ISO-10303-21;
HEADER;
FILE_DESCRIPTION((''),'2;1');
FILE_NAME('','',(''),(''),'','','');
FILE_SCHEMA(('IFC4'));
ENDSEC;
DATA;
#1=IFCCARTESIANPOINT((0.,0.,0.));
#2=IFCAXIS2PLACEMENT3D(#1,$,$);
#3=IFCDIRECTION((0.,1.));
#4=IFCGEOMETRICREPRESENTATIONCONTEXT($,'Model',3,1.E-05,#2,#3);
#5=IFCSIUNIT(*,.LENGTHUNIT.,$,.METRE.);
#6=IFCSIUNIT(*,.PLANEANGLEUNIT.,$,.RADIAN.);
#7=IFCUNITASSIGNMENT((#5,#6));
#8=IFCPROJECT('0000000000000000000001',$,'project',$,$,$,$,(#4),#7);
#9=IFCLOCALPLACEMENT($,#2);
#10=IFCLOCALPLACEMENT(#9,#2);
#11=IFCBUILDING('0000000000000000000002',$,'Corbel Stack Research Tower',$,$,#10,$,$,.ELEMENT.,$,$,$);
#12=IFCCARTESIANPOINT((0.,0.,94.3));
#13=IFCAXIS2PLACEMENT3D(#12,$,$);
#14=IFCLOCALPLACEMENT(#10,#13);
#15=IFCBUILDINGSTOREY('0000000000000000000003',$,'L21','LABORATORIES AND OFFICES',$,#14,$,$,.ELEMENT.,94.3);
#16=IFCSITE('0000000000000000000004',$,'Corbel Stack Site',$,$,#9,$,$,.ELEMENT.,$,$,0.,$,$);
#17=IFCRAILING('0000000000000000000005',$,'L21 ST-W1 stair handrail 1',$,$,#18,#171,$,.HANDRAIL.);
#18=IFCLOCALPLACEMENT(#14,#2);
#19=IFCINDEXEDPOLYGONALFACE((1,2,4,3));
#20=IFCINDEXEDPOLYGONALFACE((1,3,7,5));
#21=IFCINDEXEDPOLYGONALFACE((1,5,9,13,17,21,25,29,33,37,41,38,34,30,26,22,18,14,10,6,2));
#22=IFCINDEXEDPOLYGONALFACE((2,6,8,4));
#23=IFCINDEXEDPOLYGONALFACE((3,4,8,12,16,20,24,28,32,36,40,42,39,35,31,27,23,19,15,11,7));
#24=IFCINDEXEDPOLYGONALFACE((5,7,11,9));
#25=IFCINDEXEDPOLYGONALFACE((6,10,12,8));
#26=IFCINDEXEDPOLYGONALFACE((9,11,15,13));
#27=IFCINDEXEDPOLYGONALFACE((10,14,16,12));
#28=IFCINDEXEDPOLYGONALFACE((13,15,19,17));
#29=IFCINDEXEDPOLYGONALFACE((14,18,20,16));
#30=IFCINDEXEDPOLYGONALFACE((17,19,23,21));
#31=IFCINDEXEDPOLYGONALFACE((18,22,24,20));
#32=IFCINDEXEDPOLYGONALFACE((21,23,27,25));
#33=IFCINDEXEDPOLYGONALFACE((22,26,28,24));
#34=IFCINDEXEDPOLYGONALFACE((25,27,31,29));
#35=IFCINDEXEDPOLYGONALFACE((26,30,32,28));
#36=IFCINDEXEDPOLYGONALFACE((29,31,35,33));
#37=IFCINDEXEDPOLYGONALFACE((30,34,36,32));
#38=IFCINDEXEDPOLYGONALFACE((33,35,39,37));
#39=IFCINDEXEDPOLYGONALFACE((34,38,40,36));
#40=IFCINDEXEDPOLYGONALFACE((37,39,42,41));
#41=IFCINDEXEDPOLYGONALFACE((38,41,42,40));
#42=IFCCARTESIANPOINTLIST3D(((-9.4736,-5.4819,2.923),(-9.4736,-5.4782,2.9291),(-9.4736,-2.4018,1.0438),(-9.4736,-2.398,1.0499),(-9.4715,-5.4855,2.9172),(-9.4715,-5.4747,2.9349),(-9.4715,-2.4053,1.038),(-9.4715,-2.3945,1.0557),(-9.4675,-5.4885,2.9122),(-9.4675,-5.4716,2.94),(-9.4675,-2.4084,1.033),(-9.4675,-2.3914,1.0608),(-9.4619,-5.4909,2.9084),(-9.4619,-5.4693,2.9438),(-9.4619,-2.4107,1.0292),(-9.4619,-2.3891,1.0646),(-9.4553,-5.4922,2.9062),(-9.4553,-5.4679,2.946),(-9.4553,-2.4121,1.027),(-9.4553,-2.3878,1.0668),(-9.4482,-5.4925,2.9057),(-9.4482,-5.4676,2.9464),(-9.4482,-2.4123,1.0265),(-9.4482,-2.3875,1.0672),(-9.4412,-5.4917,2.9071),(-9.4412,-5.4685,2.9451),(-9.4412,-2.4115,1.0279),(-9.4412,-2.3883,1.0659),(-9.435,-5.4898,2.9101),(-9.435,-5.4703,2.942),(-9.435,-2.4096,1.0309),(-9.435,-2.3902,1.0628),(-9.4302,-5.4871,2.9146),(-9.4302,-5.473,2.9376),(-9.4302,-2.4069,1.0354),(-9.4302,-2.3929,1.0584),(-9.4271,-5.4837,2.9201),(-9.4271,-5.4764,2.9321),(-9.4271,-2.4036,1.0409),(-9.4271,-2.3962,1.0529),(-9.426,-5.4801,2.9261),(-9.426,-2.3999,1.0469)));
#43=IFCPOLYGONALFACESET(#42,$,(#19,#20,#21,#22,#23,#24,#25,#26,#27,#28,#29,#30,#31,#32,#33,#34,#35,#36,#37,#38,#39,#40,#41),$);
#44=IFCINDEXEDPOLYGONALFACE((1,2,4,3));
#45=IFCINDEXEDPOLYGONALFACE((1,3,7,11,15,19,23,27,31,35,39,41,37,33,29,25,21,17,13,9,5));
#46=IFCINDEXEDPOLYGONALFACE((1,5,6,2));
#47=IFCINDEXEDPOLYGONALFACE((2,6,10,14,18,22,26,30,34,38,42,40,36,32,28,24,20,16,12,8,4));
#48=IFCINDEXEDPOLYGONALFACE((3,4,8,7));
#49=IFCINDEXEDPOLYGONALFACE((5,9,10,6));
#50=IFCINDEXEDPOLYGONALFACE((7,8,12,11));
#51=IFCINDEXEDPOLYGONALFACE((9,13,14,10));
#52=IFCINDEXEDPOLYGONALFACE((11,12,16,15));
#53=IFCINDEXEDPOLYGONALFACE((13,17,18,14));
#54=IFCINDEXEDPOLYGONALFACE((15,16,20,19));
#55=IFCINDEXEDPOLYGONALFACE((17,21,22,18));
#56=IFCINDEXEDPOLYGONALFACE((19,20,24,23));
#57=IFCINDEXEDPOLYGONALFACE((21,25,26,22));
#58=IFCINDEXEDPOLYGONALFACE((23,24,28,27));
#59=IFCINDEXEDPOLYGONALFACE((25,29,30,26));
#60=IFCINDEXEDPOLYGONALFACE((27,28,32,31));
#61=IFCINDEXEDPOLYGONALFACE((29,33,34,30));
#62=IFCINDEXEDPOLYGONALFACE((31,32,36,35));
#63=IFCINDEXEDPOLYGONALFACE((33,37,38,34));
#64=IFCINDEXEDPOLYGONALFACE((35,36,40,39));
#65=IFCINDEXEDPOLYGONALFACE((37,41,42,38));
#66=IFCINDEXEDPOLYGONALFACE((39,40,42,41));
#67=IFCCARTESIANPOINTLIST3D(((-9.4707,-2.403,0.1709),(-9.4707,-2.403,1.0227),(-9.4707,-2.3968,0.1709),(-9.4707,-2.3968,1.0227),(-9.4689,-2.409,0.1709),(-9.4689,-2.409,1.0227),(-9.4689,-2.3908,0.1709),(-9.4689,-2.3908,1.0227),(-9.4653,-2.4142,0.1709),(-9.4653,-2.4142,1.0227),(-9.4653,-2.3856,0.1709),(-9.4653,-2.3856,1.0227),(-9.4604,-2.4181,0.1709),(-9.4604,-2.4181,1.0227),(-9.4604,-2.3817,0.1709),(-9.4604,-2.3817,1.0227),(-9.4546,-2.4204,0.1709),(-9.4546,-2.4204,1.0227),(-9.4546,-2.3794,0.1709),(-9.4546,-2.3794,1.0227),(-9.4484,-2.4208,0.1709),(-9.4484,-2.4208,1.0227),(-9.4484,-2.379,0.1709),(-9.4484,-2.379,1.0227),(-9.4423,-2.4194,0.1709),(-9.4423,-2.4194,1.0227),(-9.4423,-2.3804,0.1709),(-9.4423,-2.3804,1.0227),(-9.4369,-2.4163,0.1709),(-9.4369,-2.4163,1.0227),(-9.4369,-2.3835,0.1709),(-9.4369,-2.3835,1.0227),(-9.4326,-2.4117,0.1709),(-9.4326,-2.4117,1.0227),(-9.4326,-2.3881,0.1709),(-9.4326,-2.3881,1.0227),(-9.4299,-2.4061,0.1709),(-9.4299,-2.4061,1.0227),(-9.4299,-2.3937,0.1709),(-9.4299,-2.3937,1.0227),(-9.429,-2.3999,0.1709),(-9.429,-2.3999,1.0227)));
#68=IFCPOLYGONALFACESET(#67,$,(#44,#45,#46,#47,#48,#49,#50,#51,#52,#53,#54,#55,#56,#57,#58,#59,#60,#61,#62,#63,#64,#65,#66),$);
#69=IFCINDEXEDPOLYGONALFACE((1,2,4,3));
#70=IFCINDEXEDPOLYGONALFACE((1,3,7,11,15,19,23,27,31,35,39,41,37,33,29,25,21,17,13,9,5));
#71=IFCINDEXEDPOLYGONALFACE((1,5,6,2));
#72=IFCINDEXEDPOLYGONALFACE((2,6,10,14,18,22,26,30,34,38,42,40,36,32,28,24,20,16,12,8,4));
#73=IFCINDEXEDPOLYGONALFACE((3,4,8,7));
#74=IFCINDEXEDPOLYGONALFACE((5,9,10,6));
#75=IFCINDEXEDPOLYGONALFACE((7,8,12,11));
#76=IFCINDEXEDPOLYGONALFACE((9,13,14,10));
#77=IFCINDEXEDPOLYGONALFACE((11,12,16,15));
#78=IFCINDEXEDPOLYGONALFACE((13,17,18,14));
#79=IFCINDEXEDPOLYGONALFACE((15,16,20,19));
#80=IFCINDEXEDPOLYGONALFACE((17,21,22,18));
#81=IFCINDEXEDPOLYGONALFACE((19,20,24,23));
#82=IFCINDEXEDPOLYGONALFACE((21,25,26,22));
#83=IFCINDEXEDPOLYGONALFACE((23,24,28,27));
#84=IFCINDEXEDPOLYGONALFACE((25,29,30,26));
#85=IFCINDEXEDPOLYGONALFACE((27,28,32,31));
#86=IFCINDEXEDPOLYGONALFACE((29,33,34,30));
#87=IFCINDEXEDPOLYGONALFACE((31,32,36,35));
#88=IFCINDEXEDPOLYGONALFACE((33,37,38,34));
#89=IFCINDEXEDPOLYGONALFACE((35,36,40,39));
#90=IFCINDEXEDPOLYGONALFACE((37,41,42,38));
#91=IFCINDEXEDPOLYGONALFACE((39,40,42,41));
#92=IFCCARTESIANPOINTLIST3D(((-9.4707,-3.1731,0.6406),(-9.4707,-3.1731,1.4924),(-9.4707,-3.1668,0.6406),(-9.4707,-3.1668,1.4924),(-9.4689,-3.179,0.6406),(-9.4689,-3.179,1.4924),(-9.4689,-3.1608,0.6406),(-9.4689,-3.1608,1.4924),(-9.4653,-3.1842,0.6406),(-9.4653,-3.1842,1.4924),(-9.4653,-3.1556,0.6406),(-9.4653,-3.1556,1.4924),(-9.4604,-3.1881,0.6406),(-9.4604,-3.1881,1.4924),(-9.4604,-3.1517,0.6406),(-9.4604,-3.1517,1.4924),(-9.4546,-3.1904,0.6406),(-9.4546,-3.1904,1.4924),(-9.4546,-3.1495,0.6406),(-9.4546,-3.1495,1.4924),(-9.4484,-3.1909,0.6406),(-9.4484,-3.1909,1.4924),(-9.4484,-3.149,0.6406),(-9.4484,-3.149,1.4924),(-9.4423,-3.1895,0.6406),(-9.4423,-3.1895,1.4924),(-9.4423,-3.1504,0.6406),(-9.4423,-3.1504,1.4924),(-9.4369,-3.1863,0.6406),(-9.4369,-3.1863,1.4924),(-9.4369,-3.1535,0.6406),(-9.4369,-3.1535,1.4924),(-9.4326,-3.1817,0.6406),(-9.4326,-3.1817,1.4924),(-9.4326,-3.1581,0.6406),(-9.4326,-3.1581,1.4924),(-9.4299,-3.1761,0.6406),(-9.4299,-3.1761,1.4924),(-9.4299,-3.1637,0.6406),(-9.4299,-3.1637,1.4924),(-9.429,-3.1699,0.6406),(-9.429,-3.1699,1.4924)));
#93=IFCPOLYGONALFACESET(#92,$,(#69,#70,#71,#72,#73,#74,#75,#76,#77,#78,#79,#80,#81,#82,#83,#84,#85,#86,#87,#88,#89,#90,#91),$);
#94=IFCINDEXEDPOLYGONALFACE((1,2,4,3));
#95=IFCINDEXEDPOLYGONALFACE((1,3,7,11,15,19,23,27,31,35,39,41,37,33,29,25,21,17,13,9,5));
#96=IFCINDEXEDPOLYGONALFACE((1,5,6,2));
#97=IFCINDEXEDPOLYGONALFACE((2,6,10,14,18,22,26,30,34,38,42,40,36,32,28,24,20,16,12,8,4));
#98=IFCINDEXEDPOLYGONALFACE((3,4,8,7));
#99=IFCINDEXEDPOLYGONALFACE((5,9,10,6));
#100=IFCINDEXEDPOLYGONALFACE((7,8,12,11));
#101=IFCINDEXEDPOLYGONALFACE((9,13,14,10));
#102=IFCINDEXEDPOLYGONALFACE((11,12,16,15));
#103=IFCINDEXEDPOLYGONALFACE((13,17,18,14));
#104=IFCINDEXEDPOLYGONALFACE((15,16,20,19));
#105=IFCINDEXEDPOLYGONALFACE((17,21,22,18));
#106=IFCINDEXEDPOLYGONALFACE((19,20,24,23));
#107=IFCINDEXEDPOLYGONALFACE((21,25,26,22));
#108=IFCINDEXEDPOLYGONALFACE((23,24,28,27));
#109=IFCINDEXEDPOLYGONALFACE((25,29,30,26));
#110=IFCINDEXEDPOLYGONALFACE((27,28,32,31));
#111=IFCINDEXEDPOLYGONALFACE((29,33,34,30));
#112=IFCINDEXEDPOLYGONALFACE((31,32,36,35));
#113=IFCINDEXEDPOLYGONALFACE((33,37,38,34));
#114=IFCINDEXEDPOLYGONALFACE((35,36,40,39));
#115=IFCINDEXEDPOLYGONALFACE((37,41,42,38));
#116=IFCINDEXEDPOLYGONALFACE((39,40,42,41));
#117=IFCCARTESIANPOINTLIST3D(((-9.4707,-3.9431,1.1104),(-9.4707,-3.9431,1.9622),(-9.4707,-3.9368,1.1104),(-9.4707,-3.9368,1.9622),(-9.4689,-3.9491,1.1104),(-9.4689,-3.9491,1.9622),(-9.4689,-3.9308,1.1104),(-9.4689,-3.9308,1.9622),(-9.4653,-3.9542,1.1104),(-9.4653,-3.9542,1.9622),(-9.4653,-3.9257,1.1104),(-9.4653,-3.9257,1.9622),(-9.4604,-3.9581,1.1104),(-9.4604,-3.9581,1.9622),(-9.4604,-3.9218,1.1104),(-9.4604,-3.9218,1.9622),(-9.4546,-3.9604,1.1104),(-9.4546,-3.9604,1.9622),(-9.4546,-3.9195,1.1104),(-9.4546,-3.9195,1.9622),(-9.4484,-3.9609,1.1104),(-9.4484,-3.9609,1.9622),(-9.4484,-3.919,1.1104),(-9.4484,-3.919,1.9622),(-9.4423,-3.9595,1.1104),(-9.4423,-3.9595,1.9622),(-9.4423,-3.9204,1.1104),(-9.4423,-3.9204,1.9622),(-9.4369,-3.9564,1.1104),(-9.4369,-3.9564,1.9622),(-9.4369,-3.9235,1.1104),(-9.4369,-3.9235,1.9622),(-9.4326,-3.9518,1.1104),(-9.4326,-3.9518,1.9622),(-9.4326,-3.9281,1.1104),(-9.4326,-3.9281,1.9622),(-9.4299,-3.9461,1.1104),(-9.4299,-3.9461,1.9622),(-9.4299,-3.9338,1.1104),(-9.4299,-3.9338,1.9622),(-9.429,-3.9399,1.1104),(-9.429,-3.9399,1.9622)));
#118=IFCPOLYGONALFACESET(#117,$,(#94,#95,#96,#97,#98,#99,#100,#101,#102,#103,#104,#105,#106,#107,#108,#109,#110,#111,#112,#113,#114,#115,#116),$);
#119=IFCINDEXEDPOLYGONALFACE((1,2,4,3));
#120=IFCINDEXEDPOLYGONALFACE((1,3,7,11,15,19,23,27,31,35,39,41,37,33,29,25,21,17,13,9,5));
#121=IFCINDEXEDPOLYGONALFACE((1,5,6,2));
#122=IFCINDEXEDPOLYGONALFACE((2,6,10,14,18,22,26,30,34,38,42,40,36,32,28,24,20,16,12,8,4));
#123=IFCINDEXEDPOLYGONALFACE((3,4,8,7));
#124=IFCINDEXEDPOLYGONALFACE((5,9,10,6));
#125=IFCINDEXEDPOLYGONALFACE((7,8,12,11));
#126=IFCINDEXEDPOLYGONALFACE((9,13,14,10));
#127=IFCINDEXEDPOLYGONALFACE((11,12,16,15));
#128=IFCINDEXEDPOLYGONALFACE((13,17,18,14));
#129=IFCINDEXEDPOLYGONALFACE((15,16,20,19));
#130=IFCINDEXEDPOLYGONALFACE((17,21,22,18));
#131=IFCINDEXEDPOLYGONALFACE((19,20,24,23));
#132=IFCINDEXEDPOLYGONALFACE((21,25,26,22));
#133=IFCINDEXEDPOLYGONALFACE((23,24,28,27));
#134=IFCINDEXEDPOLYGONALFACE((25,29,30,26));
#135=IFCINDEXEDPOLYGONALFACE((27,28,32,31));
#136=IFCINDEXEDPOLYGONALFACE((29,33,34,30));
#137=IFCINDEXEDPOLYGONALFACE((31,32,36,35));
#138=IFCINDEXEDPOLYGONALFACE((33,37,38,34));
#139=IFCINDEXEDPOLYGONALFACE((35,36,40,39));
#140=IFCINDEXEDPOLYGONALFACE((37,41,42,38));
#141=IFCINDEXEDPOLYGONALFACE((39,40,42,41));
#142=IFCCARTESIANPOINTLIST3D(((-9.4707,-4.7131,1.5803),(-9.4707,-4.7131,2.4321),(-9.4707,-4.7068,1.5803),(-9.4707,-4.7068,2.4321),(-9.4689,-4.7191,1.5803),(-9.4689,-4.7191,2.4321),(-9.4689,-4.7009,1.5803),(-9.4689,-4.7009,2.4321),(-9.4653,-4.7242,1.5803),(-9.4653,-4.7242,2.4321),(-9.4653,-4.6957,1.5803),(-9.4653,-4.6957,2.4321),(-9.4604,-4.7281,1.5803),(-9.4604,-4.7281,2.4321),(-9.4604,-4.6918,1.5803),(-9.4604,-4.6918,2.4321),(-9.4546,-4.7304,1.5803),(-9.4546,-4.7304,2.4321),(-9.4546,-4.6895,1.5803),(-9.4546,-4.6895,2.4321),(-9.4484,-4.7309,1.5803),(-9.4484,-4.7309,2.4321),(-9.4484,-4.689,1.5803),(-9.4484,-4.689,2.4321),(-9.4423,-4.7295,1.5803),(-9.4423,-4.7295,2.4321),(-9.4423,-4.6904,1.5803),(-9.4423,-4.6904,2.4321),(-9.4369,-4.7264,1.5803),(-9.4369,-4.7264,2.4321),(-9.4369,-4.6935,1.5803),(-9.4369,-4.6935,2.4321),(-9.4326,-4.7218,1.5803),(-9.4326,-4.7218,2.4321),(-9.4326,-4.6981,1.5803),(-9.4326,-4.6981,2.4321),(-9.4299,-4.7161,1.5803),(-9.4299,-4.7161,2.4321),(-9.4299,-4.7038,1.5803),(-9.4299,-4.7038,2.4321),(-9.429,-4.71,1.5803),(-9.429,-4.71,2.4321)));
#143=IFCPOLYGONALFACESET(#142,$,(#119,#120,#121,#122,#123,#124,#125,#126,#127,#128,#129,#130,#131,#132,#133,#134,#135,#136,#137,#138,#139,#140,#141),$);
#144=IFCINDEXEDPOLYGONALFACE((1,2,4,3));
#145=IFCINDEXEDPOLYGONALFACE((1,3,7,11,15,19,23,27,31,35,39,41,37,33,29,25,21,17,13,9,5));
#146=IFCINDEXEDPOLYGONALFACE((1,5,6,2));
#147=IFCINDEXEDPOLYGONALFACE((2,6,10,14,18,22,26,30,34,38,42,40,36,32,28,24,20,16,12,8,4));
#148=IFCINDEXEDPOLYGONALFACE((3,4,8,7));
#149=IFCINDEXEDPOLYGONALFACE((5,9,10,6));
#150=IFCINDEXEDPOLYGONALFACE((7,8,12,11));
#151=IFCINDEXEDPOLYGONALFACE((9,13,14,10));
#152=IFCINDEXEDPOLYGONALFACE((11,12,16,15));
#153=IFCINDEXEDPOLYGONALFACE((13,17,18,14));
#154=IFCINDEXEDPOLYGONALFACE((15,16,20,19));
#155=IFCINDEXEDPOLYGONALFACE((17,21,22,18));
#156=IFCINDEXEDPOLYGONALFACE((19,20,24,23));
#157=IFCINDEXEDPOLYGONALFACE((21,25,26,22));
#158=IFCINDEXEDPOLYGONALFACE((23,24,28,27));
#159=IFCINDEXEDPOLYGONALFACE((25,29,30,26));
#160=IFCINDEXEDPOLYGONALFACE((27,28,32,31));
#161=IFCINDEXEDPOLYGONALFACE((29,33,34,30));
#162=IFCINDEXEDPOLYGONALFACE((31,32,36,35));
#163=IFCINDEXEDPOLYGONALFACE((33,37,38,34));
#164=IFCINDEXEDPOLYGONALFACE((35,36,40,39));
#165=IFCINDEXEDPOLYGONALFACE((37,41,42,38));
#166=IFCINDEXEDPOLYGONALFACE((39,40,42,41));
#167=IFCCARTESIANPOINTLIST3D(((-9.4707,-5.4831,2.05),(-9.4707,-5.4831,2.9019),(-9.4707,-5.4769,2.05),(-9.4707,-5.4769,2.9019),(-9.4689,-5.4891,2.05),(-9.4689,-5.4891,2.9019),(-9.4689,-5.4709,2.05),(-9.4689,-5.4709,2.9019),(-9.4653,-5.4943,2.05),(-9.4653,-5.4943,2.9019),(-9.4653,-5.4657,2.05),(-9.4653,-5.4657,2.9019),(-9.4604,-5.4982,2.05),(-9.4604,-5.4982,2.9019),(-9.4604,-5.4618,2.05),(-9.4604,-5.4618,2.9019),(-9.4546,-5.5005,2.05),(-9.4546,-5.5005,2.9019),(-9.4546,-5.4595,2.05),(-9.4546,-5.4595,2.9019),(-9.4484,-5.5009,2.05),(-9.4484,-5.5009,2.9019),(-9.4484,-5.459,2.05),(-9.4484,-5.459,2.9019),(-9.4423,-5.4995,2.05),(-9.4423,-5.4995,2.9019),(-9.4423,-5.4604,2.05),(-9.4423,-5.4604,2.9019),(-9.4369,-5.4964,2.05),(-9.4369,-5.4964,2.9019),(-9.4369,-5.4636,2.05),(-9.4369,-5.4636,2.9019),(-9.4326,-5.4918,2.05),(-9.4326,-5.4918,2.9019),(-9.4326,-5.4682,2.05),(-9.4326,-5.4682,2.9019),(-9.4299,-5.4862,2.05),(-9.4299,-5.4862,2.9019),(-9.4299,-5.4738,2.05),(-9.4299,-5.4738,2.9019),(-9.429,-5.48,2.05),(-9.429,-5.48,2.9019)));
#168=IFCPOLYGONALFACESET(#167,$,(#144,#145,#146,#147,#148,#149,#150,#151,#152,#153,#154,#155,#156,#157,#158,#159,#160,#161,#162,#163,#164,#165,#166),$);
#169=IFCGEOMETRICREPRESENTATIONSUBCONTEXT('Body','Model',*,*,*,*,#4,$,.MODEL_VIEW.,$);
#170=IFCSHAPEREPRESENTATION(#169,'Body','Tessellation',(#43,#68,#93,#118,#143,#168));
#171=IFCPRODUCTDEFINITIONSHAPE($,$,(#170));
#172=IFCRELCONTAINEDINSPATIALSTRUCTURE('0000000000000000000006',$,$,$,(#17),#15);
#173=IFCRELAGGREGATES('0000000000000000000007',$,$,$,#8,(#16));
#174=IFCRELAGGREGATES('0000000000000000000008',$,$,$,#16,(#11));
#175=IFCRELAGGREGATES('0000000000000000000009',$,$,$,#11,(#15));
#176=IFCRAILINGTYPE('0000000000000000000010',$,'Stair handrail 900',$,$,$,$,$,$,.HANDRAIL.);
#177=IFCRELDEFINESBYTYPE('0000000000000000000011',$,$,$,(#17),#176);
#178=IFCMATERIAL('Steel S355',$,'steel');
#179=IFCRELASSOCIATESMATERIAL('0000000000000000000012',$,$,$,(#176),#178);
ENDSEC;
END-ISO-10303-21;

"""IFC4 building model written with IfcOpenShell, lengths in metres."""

from ifc_helpers import new_model, si_unit, direction, frame, origin, origin_2d, place, context, subcontext, project, spatial, circle, extrude, material, type_object, element, save


model = new_model("IFC4")

# Units and contexts
model_context = context("Model", 3, precision=1e-05, world=origin(), true_north=direction((0.0, 1.0)))
body_context = subcontext(model_context, "Body", "Model", "MODEL_VIEW")
ifc_project = project(units=[si_unit("LENGTHUNIT", "METRE"), si_unit("PLANEANGLEUNIT", "RADIAN")], contexts=[model_context])

# Site, building, storey
site_placement = place(None, origin())
site = spatial("IfcSite", under=ifc_project, at=site_placement, Name="Corbel Stack Site", CompositionType="ELEMENT", RefElevation=0.0)
building_placement = place(site_placement, origin())
building = spatial("IfcBuilding", under=site, at=building_placement, Name="Corbel Stack Research Tower", CompositionType="ELEMENT")
storey_placement = place(building_placement, frame((0.0, 0.0, 94.3)))
storey = spatial("IfcBuildingStorey", under=building, at=storey_placement, Name="L21", Description="LABORATORIES AND OFFICES", CompositionType="ELEMENT", Elevation=94.3)

# Railing
ifc_material_1 = material(Name="Steel S355", Category="steel")
railing_type_1 = type_object("IfcRailingType", Name="Stair handrail 900", PredefinedType="HANDRAIL", material=ifc_material_1)
railing_1_placement = place(storey_placement, frame((-9.45, -2.3999, 0.1709)))
element("IfcRailing", 1, at=railing_1_placement, inside=storey, type_object=railing_type_1, Name="L21 ST-W1 stair handrail 1", PredefinedType="HANDRAIL", context=body_context, shape_type="SweptSolid", body=[
    extrude(circle(Radius=0.0239, at=origin_2d()), frame((0.0, 0.0, 0.876), z_axis=(0.0, -0.853666, 0.52082), x_axis=(1.0, 0.0, 0.0)), (0.0, 0.0, 1.0), 3.6082),
    extrude(circle(Radius=0.021, at=origin_2d()), origin(), (0.0, 0.0, 1.0), 0.8518),
    extrude(circle(Radius=0.021, at=origin_2d()), frame((0.0, -0.77, 0.4697)), (0.0, 0.0, 1.0), 0.8518),
    extrude(circle(Radius=0.021, at=origin_2d()), frame((0.0, -1.54, 0.9395)), (0.0, 0.0, 1.0), 0.8518),
    extrude(circle(Radius=0.021, at=origin_2d()), frame((0.0, -2.3101, 1.4094)), (0.0, 0.0, 1.0), 0.8518),
    extrude(circle(Radius=0.021, at=origin_2d()), frame((0.0, -3.0801, 1.8792)), (0.0, 0.0, 1.0), 0.8518),
])

save(model, "model.ifc")
